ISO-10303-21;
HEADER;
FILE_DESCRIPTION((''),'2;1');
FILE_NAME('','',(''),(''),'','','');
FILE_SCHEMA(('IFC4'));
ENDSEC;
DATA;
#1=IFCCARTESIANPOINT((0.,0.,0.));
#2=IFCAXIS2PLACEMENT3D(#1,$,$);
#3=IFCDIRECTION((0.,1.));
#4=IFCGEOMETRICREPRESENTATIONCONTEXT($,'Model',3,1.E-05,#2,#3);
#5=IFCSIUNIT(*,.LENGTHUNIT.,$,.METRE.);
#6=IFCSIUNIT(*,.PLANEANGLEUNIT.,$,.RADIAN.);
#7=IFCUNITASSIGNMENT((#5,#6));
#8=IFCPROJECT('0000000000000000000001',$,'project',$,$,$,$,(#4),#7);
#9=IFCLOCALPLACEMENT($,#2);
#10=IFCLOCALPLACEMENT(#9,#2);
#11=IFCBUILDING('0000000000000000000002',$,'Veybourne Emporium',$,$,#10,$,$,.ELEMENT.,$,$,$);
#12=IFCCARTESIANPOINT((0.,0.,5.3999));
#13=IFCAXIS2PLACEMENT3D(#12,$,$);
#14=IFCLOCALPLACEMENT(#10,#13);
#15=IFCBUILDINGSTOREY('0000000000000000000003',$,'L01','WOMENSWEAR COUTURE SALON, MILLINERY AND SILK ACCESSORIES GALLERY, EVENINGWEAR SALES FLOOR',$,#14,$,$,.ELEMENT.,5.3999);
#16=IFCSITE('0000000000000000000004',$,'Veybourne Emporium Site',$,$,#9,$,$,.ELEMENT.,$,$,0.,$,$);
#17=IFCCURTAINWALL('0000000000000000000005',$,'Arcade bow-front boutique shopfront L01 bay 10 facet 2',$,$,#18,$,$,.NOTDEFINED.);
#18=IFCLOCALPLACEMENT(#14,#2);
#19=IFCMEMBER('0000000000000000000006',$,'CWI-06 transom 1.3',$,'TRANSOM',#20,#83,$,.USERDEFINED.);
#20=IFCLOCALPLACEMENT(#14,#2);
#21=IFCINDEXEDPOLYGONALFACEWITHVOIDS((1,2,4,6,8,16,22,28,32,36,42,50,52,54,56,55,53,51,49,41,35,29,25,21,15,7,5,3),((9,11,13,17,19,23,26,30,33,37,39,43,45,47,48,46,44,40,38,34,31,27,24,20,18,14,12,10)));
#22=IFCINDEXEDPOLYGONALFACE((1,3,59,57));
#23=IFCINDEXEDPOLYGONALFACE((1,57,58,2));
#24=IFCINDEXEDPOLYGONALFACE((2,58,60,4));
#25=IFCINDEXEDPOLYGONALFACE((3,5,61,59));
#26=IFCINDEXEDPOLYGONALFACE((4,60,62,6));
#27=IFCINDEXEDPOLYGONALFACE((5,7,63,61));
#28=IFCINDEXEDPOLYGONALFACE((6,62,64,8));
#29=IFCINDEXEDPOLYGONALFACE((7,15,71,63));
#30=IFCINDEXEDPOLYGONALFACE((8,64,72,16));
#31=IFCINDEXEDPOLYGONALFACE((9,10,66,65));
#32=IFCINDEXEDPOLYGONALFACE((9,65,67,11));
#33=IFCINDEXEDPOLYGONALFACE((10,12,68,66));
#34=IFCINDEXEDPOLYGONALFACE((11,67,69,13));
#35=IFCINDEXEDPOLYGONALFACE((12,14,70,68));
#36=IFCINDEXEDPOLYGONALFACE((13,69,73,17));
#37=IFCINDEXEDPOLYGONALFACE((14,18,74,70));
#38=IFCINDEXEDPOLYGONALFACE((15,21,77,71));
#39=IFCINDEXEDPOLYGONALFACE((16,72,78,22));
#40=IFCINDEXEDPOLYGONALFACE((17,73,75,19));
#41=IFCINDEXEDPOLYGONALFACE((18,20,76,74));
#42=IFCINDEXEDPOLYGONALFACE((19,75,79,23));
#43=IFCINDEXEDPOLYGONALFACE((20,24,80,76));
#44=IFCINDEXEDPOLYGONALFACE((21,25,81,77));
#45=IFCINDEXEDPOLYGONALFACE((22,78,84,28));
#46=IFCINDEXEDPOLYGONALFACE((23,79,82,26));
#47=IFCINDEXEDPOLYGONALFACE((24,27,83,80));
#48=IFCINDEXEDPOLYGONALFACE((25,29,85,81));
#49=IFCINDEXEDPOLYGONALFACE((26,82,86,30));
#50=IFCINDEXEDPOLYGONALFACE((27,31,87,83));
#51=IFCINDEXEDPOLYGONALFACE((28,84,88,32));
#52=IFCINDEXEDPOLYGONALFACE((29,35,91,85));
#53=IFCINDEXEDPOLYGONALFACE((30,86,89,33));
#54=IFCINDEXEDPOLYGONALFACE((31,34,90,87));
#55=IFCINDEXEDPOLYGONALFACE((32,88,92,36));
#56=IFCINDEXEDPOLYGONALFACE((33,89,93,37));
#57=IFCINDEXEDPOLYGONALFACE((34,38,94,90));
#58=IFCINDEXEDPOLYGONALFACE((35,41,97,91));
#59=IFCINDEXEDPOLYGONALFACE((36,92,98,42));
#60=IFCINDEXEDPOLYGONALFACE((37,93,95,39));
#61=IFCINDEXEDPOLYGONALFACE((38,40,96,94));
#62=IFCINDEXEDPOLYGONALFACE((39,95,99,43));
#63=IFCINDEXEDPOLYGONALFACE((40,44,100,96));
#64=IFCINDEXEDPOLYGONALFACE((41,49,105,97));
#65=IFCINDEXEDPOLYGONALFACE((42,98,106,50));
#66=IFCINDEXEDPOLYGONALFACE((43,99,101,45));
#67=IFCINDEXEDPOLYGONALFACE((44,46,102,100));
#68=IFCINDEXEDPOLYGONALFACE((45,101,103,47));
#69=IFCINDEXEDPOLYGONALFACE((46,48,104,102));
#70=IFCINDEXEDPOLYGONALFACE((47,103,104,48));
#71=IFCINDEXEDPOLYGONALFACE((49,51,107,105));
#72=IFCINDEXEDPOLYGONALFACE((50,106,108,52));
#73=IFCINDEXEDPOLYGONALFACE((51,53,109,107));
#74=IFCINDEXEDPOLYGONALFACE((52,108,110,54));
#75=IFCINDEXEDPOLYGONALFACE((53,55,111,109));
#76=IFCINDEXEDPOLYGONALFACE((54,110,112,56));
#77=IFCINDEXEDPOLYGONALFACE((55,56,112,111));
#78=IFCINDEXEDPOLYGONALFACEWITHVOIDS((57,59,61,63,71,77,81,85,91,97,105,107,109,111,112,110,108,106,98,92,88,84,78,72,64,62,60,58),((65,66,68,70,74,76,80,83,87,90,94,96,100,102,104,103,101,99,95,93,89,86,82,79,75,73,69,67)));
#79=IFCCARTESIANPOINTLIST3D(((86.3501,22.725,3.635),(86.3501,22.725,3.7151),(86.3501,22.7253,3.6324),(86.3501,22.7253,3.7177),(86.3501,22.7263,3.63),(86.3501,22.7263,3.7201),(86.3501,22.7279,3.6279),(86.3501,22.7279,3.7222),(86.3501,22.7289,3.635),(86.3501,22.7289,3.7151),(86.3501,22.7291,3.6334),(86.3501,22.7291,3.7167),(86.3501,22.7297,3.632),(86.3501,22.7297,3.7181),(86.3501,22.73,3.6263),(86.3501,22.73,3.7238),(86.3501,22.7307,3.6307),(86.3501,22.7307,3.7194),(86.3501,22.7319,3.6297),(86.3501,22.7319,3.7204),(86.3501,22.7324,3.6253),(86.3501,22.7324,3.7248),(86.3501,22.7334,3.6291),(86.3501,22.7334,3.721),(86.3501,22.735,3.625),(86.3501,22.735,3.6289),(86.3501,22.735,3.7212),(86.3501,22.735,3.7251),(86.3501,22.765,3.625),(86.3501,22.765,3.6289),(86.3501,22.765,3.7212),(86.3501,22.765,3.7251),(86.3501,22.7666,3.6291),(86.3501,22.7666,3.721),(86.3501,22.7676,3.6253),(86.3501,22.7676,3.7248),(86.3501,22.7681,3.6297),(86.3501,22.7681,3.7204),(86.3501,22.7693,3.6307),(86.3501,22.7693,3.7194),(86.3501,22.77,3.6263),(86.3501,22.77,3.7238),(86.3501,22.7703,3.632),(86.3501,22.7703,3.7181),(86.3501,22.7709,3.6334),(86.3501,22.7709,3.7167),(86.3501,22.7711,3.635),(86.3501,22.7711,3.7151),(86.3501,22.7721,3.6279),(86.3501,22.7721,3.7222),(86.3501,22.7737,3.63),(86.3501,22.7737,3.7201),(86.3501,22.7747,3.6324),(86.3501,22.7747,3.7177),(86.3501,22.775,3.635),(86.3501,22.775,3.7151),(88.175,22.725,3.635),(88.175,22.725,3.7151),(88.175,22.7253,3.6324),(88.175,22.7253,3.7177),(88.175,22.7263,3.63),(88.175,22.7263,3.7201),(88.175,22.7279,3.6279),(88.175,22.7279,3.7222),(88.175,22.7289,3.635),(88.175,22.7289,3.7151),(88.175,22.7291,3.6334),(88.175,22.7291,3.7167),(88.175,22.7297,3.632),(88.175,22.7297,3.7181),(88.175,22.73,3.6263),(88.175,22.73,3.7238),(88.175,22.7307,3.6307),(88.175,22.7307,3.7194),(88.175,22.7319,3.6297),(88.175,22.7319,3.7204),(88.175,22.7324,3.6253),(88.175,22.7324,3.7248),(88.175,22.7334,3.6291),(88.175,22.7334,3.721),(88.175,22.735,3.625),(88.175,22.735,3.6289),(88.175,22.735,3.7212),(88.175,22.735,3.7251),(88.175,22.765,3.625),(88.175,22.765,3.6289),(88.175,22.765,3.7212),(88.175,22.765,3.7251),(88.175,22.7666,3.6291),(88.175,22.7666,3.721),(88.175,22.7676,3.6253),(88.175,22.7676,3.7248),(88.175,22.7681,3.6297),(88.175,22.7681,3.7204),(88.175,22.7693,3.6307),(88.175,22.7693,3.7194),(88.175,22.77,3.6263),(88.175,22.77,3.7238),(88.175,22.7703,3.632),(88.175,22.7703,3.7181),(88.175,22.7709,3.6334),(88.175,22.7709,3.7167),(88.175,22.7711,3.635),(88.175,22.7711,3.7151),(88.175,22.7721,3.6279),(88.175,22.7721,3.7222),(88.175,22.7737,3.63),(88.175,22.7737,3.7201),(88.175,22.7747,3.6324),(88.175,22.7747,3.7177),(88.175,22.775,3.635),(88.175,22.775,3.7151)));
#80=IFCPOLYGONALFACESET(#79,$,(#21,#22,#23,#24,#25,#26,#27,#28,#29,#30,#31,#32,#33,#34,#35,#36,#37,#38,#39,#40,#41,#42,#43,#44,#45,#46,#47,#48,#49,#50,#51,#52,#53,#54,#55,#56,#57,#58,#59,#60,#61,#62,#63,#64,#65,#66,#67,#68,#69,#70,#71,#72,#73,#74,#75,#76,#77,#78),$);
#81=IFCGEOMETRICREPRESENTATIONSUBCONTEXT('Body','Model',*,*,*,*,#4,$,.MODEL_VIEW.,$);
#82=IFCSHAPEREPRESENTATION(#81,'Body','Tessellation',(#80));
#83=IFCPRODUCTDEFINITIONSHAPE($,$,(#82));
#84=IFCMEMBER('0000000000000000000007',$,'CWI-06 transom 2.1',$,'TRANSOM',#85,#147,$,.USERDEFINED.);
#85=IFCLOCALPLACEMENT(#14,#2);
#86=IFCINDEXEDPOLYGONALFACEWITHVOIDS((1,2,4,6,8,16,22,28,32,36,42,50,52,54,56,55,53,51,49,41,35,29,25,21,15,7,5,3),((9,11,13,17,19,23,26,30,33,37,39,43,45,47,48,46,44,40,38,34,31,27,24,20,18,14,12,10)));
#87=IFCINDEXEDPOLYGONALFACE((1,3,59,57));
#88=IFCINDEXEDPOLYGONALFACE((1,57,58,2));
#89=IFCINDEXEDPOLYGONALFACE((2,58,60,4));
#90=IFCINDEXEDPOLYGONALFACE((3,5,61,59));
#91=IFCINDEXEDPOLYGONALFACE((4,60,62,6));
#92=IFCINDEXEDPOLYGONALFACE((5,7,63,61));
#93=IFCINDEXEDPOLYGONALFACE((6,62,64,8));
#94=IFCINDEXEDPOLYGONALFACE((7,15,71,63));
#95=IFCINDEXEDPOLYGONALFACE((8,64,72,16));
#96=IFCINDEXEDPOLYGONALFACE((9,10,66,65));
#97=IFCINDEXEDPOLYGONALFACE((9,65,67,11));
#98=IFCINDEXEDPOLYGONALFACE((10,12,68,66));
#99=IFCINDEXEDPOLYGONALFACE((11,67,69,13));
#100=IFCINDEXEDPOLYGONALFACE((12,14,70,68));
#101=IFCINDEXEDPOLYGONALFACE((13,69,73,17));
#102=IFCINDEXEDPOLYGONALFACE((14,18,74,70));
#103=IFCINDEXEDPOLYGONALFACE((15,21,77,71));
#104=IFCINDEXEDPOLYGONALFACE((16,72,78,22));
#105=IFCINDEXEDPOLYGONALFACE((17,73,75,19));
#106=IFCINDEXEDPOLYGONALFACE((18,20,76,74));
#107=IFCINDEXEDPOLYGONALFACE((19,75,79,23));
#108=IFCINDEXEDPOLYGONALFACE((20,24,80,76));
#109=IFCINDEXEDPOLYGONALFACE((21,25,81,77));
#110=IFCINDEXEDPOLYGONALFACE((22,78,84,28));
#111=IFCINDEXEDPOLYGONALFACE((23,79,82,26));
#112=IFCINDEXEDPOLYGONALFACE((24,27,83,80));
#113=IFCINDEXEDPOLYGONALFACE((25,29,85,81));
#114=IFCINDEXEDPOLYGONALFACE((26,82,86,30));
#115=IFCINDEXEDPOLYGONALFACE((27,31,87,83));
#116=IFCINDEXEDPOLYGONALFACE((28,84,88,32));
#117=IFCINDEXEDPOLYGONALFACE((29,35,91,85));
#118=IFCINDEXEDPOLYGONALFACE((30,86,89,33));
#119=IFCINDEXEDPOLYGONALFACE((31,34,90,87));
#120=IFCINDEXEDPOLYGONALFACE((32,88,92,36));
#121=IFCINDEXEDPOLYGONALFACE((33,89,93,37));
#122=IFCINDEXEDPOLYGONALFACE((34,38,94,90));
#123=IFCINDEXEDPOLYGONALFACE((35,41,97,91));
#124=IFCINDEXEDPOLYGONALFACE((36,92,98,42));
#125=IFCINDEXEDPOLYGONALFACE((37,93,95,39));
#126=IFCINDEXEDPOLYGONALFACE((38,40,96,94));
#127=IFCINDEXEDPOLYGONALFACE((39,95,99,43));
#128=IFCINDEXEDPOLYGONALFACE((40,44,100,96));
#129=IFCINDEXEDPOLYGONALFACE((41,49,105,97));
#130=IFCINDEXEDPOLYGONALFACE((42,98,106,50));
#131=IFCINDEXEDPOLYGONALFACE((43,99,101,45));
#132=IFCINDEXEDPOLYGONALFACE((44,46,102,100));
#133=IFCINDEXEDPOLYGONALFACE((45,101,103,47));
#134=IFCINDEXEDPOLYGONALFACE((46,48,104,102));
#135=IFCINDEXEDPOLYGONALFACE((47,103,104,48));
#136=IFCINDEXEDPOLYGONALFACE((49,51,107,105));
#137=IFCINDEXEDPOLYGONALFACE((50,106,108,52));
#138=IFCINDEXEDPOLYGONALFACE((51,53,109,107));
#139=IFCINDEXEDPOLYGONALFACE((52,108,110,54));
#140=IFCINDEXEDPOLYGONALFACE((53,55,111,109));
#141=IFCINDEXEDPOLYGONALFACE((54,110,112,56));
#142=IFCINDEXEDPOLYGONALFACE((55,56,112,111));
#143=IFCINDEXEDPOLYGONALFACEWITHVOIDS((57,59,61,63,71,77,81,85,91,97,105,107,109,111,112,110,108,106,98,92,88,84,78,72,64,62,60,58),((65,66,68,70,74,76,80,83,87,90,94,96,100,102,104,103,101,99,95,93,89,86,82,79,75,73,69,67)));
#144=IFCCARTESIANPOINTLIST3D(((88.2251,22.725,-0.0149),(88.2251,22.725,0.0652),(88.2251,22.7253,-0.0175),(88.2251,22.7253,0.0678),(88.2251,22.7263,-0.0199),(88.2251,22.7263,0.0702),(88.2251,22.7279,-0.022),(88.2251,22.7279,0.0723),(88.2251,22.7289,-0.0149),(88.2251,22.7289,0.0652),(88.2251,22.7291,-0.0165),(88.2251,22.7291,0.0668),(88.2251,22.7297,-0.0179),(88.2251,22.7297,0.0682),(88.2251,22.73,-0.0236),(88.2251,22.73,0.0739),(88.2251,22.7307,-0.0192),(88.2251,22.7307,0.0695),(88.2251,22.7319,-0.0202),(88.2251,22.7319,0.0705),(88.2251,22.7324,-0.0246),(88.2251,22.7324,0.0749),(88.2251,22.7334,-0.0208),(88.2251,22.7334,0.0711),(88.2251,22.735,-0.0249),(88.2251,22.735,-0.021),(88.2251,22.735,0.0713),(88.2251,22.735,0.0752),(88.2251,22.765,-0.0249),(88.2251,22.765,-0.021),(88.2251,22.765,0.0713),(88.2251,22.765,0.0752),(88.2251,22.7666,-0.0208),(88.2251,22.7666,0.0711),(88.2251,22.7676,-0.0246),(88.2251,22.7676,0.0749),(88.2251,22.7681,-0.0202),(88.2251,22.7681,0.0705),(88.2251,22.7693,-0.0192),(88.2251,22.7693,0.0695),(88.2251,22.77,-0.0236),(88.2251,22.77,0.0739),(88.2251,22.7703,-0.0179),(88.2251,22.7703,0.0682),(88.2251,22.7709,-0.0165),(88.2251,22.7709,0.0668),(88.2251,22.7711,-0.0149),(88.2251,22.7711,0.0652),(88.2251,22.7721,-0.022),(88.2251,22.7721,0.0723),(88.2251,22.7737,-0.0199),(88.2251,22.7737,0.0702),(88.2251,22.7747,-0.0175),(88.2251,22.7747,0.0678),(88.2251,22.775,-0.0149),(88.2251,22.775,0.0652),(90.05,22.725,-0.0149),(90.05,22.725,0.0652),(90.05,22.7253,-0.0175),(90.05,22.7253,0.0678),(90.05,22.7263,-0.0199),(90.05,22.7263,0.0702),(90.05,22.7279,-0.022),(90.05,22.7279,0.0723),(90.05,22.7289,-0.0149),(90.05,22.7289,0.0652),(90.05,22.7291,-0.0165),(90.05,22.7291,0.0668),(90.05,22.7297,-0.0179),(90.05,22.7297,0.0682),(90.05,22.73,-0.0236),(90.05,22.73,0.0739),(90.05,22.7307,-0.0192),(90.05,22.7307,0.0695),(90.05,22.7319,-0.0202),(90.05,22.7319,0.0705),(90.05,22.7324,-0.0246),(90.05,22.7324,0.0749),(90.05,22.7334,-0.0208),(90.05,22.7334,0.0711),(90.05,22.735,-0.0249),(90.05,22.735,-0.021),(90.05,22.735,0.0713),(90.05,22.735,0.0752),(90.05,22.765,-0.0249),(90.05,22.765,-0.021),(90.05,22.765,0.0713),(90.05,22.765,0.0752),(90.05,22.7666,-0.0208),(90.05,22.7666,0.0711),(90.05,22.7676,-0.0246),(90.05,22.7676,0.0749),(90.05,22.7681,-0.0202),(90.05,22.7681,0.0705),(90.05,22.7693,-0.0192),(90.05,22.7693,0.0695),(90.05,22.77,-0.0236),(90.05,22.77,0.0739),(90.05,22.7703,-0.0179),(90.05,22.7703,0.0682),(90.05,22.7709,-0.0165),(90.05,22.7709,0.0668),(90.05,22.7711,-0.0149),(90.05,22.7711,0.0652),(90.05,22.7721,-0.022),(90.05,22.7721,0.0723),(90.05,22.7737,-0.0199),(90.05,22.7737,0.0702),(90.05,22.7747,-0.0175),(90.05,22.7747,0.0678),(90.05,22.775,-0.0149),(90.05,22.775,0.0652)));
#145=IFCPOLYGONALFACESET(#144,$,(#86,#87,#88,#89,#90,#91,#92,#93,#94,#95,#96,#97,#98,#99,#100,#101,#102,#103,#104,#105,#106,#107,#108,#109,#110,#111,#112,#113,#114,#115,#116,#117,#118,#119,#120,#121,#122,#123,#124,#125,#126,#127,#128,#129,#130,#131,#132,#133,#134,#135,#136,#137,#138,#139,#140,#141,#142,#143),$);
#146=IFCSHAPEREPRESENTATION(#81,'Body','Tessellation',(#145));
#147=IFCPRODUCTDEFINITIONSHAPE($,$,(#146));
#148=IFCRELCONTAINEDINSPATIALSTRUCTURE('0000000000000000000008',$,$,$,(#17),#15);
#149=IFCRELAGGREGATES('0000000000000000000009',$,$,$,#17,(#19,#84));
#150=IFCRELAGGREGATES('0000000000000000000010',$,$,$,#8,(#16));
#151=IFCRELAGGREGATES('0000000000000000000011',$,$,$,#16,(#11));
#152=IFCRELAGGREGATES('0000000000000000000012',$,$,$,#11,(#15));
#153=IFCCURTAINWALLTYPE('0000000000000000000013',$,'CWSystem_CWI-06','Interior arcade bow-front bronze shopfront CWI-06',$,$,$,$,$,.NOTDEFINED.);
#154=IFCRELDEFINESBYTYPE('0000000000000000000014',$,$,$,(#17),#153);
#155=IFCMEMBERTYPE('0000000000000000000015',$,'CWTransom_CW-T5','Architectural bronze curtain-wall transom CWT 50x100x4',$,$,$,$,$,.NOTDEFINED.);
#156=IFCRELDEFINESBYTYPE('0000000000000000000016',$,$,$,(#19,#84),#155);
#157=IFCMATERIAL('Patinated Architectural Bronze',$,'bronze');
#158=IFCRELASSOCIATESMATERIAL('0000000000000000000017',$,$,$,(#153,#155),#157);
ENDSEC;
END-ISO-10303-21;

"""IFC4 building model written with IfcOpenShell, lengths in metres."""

from ifc_helpers import new_model, si_unit, direction, frame, origin, origin_2d, place, context, subcontext, project, spatial, hollow_rectangle, extrude, material, material_profile, profile_set, type_object, element, aggregate, save


model = new_model("IFC4")

# Units and contexts
model_context = context("Model", 3, precision=1e-05, world=origin(), true_north=direction((0.0, 1.0)))
body_context = subcontext(model_context, "Body", "Model", "MODEL_VIEW")
ifc_project = project(units=[si_unit("LENGTHUNIT", "METRE"), si_unit("PLANEANGLEUNIT", "RADIAN")], contexts=[model_context])

# Site, building, storey
site_placement = place(None, origin())
site = spatial("IfcSite", under=ifc_project, at=site_placement, Name="Veybourne Emporium Site", CompositionType="ELEMENT", RefElevation=0.0)
building_placement = place(site_placement, origin())
building = spatial("IfcBuilding", under=site, at=building_placement, Name="Veybourne Emporium", CompositionType="ELEMENT")
storey_placement = place(building_placement, frame((0.0, 0.0, 5.3999)))
storey = spatial("IfcBuildingStorey", under=building, at=storey_placement, Name="L01", Description="WOMENSWEAR COUTURE SALON, MILLINERY AND SILK ACCESSORIES GALLERY, EVENINGWEAR SALES FLOOR", CompositionType="ELEMENT", Elevation=5.3999)

# Curtain wall
ifc_material_1 = material(Name="Patinated Architectural Bronze", Category="bronze")
curtain_wall_type_1 = type_object("IfcCurtainWallType", Name="CWSystem_CWI-06", Description="Interior arcade bow-front bronze shopfront CWI-06", PredefinedType="NOTDEFINED", material=ifc_material_1)
curtain_wall_1_placement = place(storey_placement, origin())
curtain_wall_1 = element("IfcCurtainWall", 1, at=curtain_wall_1_placement, inside=storey, type_object=curtain_wall_type_1, Name="Arcade bow-front boutique shopfront L01 bay 10 facet 2", PredefinedType="NOTDEFINED")

# Members
ifc_material_profile_1 = material_profile(ifc_material_1, hollow_rectangle(XDim=0.05, YDim=0.1001, WallThickness=0.0039, InnerFilletRadius=0.0061, OuterFilletRadius=0.01, at=origin_2d()), Name="CWT 50x100x4")
ifc_profile_set_1 = profile_set([ifc_material_profile_1], Name="Patinated Architectural Bronze")
member_type_1 = type_object("IfcMemberType", Name="CWTransom_CW-T5", Description="Architectural bronze curtain-wall transom CWT 50x100x4", PredefinedType="NOTDEFINED", material=ifc_profile_set_1)
member_1_placement = place(storey_placement, frame((86.3501, 22.75, 3.675), z_axis=(1.0, 0.0, 0.0), x_axis=(0.0, 1.0, 0.0)))
member_1 = element("IfcMember", 2, at=member_1_placement, type_object=member_type_1, Name="CWI-06 transom 1.3", ObjectType="TRANSOM", PredefinedType="USERDEFINED", context=body_context, shape_type="SweptSolid", body=[
    extrude(hollow_rectangle(XDim=0.05, YDim=0.1001, WallThickness=0.0039, InnerFilletRadius=0.0061, OuterFilletRadius=0.01, at=origin_2d()), origin(), (0.0, 0.0, 1.0), 1.825),
])
member_2_placement = place(storey_placement, frame((88.2251, 22.75, 0.0251), z_axis=(1.0, 0.0, 0.0), x_axis=(0.0, 1.0, 0.0)))
member_2 = element("IfcMember", 3, at=member_2_placement, type_object=member_type_1, Name="CWI-06 transom 2.1", ObjectType="TRANSOM", PredefinedType="USERDEFINED", context=body_context, shape_type="SweptSolid", body=[
    extrude(hollow_rectangle(XDim=0.05, YDim=0.1001, WallThickness=0.0039, InnerFilletRadius=0.0061, OuterFilletRadius=0.01, at=origin_2d()), origin(), (0.0, 0.0, 1.0), 1.825),
])

aggregate(curtain_wall_1, [member_1, member_2])

save(model, "model.ifc")
